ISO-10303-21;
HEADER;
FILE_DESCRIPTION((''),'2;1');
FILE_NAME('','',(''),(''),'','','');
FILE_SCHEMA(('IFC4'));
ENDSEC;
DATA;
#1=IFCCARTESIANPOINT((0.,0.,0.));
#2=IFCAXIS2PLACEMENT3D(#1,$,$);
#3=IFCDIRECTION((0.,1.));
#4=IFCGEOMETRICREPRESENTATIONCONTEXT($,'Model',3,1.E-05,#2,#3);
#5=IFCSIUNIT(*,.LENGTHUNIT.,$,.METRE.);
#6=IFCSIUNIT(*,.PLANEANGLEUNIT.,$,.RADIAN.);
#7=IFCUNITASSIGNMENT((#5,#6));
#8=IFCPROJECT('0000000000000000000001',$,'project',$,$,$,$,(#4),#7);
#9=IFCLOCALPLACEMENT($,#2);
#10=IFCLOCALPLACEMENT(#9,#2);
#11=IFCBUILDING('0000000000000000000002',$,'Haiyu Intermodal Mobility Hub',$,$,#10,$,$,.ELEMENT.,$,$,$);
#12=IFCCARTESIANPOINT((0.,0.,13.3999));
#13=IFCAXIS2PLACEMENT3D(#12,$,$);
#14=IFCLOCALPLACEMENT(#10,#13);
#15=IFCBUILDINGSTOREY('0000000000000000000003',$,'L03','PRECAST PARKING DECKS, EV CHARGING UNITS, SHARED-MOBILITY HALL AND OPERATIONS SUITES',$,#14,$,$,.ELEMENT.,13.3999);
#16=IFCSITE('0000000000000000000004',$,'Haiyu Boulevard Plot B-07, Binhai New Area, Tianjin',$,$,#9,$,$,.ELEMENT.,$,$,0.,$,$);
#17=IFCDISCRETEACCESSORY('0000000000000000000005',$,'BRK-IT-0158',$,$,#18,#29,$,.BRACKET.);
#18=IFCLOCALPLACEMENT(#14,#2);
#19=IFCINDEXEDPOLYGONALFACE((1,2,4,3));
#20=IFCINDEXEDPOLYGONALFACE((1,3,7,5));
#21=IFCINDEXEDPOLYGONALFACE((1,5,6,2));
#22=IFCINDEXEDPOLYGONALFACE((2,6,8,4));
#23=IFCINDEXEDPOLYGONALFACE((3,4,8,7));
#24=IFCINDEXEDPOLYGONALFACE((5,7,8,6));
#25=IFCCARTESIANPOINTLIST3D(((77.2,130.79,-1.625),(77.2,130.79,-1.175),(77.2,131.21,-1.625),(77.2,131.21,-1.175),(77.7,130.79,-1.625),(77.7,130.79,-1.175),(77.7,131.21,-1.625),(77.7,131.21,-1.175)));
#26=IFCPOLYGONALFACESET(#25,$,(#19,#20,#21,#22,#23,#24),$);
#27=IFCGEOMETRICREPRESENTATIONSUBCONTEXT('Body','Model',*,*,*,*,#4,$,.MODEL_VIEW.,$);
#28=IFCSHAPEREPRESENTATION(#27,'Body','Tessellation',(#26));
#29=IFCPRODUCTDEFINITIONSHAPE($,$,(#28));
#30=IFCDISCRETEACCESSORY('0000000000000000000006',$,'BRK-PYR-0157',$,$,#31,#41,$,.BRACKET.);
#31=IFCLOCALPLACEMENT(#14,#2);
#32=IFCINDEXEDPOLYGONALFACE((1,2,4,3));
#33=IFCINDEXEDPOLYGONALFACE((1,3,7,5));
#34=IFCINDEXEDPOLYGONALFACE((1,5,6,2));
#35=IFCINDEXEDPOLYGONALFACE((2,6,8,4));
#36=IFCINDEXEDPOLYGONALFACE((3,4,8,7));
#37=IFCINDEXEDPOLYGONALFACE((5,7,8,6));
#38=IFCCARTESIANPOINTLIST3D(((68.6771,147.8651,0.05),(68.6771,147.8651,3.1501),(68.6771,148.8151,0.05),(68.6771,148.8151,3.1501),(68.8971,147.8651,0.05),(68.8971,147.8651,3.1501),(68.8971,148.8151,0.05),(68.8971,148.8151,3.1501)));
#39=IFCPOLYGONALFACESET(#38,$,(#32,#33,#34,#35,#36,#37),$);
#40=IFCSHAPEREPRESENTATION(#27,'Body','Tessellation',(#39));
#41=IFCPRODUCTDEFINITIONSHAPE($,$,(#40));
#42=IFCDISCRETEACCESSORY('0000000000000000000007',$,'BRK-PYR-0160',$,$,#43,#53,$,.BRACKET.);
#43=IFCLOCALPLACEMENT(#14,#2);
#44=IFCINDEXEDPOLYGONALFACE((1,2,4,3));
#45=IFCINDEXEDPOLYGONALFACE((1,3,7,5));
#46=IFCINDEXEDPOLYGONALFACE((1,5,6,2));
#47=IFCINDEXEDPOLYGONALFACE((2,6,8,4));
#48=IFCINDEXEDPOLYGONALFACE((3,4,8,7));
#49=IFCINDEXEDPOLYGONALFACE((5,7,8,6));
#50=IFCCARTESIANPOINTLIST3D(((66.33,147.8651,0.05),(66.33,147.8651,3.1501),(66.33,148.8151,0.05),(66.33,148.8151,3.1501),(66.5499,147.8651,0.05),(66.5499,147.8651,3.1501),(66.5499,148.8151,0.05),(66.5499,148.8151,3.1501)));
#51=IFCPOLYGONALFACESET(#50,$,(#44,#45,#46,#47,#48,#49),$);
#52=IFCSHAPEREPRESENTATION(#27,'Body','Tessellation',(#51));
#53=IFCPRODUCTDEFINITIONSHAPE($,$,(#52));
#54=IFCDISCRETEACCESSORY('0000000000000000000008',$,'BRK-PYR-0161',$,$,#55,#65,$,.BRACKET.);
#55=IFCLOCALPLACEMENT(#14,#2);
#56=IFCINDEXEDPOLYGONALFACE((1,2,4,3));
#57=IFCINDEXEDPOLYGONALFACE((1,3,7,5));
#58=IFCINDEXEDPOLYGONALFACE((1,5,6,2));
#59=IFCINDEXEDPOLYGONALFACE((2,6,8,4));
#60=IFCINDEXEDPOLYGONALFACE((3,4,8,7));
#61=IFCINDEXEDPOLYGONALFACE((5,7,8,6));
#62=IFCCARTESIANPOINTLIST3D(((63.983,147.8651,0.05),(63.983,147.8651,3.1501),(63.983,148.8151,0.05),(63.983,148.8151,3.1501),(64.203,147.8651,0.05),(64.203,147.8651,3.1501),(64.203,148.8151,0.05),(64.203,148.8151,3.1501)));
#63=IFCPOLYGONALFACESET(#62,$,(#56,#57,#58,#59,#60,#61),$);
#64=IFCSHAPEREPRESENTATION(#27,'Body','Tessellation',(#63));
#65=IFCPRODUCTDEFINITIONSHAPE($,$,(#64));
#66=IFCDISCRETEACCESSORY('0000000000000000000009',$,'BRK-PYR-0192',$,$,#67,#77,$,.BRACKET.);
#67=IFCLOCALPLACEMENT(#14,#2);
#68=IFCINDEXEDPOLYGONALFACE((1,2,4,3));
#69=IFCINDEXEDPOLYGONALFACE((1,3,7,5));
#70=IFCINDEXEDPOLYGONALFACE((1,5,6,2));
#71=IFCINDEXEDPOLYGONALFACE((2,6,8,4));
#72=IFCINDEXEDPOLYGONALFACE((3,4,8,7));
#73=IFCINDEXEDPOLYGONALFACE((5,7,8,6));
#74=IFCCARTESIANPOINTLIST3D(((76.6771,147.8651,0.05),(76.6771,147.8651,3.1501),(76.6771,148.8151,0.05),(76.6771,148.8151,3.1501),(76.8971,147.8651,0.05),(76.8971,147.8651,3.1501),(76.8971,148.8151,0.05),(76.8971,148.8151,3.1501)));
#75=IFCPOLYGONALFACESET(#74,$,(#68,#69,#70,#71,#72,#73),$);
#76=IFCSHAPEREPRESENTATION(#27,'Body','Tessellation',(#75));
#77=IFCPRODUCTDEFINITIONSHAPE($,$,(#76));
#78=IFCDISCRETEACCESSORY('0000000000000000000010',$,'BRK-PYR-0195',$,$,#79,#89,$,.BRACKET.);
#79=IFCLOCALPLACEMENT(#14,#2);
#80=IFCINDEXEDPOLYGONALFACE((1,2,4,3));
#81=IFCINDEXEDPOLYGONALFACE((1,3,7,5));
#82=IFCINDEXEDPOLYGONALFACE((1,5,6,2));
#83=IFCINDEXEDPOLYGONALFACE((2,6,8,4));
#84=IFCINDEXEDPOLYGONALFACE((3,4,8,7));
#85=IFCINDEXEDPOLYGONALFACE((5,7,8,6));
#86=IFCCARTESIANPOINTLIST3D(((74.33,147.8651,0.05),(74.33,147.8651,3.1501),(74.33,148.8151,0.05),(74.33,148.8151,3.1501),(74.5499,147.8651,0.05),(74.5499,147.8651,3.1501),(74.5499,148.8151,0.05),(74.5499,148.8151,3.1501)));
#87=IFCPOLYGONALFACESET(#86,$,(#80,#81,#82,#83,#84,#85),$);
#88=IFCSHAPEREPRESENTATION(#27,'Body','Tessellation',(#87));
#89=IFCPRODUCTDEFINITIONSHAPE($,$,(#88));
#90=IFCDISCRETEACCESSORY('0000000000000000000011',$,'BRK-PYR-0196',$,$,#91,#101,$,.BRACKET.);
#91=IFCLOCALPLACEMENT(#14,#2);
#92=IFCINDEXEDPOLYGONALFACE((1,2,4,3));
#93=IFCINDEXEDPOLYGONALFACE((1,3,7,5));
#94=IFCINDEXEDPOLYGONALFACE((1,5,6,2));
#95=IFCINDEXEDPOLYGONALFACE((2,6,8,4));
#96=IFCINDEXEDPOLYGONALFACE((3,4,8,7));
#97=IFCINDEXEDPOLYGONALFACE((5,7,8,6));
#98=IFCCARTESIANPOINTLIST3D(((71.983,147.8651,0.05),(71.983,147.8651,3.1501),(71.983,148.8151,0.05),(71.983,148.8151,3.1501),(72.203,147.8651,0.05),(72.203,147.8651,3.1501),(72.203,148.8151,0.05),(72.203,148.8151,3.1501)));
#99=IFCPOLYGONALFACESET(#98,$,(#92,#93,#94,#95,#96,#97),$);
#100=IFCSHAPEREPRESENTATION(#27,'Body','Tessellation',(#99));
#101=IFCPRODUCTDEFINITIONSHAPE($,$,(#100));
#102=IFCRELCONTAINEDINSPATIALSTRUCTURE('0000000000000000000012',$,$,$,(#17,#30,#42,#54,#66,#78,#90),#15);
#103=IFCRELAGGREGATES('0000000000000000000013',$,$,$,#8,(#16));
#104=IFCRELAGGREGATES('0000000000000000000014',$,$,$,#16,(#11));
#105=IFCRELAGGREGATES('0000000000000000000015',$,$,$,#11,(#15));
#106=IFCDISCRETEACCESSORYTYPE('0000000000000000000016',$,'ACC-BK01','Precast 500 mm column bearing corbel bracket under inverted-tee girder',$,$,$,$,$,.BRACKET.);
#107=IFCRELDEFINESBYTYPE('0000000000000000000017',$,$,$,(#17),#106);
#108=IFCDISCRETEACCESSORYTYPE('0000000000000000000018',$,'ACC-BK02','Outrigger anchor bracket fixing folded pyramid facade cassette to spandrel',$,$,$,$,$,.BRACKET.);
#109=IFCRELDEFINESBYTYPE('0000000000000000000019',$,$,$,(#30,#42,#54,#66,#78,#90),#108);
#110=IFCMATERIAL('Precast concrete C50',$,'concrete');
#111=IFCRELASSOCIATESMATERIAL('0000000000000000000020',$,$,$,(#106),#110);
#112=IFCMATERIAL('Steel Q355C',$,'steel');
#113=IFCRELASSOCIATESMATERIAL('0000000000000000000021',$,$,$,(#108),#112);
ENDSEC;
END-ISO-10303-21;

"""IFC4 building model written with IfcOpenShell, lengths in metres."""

from ifc_helpers import new_model, si_unit, direction, frame, origin, origin_2d, place, context, subcontext, project, spatial, rectangle, extrude, material, type_object, element, save


model = new_model("IFC4")

# Units and contexts
model_context = context("Model", 3, precision=1e-05, world=origin(), true_north=direction((0.0, 1.0)))
body_context = subcontext(model_context, "Body", "Model", "MODEL_VIEW")
ifc_project = project(units=[si_unit("LENGTHUNIT", "METRE"), si_unit("PLANEANGLEUNIT", "RADIAN")], contexts=[model_context])

# Site, building, storey
site_placement = place(None, origin())
site = spatial("IfcSite", under=ifc_project, at=site_placement, Name="Haiyu Boulevard Plot B-07, Binhai New Area, Tianjin", CompositionType="ELEMENT", RefElevation=0.0)
building_placement = place(site_placement, origin())
building = spatial("IfcBuilding", under=site, at=building_placement, Name="Haiyu Intermodal Mobility Hub", CompositionType="ELEMENT")
storey_placement = place(building_placement, frame((0.0, 0.0, 13.3999)))
storey = spatial("IfcBuildingStorey", under=building, at=storey_placement, Name="L03", Description="PRECAST PARKING DECKS, EV CHARGING UNITS, SHARED-MOBILITY HALL AND OPERATIONS SUITES", CompositionType="ELEMENT", Elevation=13.3999)

# Shared definitions
ifc_material_1 = material(Name="Precast concrete C50", Category="concrete")

# Shared definitions
ifc_material_2 = material(Name="Steel Q355C", Category="steel")

# Discrete accessories
discrete_accessory_type_1 = type_object("IfcDiscreteAccessoryType", Name="ACC-BK01", Description="Precast 500 mm column bearing corbel bracket under inverted-tee girder", PredefinedType="BRACKET", material=ifc_material_1)
for number, where, z_axis, x_axis, name in (
    (1, (77.45, 131.0, -1.625), (0.0, 0.0, 1.0), (1.0, 0.0, 0.0), "BRK-IT-0158"),
):
    element("IfcDiscreteAccessory", number, at=place(storey_placement, frame(where, z_axis=z_axis, x_axis=x_axis)), inside=storey, type_object=discrete_accessory_type_1, Name=name, PredefinedType="BRACKET", context=body_context, shape_type="SweptSolid", body=[
        extrude(rectangle(XDim=0.5, YDim=0.4199, at=origin_2d()), origin(), (0.0, 0.0, 1.0), 0.45),
    ])
discrete_accessory_type_2 = type_object("IfcDiscreteAccessoryType", Name="ACC-BK02", Description="Outrigger anchor bracket fixing folded pyramid facade cassette to spandrel", PredefinedType="BRACKET", material=ifc_material_2)
for number, where, z_axis, x_axis, name in (
    (2, (68.7871, 148.3401, 0.05), (0.0, 0.0, 1.0), (1.0, 0.0, 0.0), "BRK-PYR-0157"),
    (3, (66.4399, 148.3401, 0.05), (0.0, 0.0, 1.0), (1.0, 0.0, 0.0), "BRK-PYR-0160"),
    (4, (64.093, 148.3401, 0.05), (0.0, 0.0, 1.0), (1.0, 0.0, 0.0), "BRK-PYR-0161"),
    (5, (76.7871, 148.3401, 0.05), (0.0, 0.0, 1.0), (1.0, 0.0, 0.0), "BRK-PYR-0192"),
    (6, (74.4399, 148.3401, 0.05), (0.0, 0.0, 1.0), (1.0, 0.0, 0.0), "BRK-PYR-0195"),
    (7, (72.093, 148.3401, 0.05), (0.0, 0.0, 1.0), (1.0, 0.0, 0.0), "BRK-PYR-0196"),
):
    element("IfcDiscreteAccessory", number, at=place(storey_placement, frame(where, z_axis=z_axis, x_axis=x_axis)), inside=storey, type_object=discrete_accessory_type_2, Name=name, PredefinedType="BRACKET", context=body_context, shape_type="SweptSolid", body=[
        extrude(rectangle(XDim=0.22, YDim=0.95, at=origin_2d()), origin(), (0.0, 0.0, 1.0), 3.1001),
    ])

save(model, "model.ifc")
